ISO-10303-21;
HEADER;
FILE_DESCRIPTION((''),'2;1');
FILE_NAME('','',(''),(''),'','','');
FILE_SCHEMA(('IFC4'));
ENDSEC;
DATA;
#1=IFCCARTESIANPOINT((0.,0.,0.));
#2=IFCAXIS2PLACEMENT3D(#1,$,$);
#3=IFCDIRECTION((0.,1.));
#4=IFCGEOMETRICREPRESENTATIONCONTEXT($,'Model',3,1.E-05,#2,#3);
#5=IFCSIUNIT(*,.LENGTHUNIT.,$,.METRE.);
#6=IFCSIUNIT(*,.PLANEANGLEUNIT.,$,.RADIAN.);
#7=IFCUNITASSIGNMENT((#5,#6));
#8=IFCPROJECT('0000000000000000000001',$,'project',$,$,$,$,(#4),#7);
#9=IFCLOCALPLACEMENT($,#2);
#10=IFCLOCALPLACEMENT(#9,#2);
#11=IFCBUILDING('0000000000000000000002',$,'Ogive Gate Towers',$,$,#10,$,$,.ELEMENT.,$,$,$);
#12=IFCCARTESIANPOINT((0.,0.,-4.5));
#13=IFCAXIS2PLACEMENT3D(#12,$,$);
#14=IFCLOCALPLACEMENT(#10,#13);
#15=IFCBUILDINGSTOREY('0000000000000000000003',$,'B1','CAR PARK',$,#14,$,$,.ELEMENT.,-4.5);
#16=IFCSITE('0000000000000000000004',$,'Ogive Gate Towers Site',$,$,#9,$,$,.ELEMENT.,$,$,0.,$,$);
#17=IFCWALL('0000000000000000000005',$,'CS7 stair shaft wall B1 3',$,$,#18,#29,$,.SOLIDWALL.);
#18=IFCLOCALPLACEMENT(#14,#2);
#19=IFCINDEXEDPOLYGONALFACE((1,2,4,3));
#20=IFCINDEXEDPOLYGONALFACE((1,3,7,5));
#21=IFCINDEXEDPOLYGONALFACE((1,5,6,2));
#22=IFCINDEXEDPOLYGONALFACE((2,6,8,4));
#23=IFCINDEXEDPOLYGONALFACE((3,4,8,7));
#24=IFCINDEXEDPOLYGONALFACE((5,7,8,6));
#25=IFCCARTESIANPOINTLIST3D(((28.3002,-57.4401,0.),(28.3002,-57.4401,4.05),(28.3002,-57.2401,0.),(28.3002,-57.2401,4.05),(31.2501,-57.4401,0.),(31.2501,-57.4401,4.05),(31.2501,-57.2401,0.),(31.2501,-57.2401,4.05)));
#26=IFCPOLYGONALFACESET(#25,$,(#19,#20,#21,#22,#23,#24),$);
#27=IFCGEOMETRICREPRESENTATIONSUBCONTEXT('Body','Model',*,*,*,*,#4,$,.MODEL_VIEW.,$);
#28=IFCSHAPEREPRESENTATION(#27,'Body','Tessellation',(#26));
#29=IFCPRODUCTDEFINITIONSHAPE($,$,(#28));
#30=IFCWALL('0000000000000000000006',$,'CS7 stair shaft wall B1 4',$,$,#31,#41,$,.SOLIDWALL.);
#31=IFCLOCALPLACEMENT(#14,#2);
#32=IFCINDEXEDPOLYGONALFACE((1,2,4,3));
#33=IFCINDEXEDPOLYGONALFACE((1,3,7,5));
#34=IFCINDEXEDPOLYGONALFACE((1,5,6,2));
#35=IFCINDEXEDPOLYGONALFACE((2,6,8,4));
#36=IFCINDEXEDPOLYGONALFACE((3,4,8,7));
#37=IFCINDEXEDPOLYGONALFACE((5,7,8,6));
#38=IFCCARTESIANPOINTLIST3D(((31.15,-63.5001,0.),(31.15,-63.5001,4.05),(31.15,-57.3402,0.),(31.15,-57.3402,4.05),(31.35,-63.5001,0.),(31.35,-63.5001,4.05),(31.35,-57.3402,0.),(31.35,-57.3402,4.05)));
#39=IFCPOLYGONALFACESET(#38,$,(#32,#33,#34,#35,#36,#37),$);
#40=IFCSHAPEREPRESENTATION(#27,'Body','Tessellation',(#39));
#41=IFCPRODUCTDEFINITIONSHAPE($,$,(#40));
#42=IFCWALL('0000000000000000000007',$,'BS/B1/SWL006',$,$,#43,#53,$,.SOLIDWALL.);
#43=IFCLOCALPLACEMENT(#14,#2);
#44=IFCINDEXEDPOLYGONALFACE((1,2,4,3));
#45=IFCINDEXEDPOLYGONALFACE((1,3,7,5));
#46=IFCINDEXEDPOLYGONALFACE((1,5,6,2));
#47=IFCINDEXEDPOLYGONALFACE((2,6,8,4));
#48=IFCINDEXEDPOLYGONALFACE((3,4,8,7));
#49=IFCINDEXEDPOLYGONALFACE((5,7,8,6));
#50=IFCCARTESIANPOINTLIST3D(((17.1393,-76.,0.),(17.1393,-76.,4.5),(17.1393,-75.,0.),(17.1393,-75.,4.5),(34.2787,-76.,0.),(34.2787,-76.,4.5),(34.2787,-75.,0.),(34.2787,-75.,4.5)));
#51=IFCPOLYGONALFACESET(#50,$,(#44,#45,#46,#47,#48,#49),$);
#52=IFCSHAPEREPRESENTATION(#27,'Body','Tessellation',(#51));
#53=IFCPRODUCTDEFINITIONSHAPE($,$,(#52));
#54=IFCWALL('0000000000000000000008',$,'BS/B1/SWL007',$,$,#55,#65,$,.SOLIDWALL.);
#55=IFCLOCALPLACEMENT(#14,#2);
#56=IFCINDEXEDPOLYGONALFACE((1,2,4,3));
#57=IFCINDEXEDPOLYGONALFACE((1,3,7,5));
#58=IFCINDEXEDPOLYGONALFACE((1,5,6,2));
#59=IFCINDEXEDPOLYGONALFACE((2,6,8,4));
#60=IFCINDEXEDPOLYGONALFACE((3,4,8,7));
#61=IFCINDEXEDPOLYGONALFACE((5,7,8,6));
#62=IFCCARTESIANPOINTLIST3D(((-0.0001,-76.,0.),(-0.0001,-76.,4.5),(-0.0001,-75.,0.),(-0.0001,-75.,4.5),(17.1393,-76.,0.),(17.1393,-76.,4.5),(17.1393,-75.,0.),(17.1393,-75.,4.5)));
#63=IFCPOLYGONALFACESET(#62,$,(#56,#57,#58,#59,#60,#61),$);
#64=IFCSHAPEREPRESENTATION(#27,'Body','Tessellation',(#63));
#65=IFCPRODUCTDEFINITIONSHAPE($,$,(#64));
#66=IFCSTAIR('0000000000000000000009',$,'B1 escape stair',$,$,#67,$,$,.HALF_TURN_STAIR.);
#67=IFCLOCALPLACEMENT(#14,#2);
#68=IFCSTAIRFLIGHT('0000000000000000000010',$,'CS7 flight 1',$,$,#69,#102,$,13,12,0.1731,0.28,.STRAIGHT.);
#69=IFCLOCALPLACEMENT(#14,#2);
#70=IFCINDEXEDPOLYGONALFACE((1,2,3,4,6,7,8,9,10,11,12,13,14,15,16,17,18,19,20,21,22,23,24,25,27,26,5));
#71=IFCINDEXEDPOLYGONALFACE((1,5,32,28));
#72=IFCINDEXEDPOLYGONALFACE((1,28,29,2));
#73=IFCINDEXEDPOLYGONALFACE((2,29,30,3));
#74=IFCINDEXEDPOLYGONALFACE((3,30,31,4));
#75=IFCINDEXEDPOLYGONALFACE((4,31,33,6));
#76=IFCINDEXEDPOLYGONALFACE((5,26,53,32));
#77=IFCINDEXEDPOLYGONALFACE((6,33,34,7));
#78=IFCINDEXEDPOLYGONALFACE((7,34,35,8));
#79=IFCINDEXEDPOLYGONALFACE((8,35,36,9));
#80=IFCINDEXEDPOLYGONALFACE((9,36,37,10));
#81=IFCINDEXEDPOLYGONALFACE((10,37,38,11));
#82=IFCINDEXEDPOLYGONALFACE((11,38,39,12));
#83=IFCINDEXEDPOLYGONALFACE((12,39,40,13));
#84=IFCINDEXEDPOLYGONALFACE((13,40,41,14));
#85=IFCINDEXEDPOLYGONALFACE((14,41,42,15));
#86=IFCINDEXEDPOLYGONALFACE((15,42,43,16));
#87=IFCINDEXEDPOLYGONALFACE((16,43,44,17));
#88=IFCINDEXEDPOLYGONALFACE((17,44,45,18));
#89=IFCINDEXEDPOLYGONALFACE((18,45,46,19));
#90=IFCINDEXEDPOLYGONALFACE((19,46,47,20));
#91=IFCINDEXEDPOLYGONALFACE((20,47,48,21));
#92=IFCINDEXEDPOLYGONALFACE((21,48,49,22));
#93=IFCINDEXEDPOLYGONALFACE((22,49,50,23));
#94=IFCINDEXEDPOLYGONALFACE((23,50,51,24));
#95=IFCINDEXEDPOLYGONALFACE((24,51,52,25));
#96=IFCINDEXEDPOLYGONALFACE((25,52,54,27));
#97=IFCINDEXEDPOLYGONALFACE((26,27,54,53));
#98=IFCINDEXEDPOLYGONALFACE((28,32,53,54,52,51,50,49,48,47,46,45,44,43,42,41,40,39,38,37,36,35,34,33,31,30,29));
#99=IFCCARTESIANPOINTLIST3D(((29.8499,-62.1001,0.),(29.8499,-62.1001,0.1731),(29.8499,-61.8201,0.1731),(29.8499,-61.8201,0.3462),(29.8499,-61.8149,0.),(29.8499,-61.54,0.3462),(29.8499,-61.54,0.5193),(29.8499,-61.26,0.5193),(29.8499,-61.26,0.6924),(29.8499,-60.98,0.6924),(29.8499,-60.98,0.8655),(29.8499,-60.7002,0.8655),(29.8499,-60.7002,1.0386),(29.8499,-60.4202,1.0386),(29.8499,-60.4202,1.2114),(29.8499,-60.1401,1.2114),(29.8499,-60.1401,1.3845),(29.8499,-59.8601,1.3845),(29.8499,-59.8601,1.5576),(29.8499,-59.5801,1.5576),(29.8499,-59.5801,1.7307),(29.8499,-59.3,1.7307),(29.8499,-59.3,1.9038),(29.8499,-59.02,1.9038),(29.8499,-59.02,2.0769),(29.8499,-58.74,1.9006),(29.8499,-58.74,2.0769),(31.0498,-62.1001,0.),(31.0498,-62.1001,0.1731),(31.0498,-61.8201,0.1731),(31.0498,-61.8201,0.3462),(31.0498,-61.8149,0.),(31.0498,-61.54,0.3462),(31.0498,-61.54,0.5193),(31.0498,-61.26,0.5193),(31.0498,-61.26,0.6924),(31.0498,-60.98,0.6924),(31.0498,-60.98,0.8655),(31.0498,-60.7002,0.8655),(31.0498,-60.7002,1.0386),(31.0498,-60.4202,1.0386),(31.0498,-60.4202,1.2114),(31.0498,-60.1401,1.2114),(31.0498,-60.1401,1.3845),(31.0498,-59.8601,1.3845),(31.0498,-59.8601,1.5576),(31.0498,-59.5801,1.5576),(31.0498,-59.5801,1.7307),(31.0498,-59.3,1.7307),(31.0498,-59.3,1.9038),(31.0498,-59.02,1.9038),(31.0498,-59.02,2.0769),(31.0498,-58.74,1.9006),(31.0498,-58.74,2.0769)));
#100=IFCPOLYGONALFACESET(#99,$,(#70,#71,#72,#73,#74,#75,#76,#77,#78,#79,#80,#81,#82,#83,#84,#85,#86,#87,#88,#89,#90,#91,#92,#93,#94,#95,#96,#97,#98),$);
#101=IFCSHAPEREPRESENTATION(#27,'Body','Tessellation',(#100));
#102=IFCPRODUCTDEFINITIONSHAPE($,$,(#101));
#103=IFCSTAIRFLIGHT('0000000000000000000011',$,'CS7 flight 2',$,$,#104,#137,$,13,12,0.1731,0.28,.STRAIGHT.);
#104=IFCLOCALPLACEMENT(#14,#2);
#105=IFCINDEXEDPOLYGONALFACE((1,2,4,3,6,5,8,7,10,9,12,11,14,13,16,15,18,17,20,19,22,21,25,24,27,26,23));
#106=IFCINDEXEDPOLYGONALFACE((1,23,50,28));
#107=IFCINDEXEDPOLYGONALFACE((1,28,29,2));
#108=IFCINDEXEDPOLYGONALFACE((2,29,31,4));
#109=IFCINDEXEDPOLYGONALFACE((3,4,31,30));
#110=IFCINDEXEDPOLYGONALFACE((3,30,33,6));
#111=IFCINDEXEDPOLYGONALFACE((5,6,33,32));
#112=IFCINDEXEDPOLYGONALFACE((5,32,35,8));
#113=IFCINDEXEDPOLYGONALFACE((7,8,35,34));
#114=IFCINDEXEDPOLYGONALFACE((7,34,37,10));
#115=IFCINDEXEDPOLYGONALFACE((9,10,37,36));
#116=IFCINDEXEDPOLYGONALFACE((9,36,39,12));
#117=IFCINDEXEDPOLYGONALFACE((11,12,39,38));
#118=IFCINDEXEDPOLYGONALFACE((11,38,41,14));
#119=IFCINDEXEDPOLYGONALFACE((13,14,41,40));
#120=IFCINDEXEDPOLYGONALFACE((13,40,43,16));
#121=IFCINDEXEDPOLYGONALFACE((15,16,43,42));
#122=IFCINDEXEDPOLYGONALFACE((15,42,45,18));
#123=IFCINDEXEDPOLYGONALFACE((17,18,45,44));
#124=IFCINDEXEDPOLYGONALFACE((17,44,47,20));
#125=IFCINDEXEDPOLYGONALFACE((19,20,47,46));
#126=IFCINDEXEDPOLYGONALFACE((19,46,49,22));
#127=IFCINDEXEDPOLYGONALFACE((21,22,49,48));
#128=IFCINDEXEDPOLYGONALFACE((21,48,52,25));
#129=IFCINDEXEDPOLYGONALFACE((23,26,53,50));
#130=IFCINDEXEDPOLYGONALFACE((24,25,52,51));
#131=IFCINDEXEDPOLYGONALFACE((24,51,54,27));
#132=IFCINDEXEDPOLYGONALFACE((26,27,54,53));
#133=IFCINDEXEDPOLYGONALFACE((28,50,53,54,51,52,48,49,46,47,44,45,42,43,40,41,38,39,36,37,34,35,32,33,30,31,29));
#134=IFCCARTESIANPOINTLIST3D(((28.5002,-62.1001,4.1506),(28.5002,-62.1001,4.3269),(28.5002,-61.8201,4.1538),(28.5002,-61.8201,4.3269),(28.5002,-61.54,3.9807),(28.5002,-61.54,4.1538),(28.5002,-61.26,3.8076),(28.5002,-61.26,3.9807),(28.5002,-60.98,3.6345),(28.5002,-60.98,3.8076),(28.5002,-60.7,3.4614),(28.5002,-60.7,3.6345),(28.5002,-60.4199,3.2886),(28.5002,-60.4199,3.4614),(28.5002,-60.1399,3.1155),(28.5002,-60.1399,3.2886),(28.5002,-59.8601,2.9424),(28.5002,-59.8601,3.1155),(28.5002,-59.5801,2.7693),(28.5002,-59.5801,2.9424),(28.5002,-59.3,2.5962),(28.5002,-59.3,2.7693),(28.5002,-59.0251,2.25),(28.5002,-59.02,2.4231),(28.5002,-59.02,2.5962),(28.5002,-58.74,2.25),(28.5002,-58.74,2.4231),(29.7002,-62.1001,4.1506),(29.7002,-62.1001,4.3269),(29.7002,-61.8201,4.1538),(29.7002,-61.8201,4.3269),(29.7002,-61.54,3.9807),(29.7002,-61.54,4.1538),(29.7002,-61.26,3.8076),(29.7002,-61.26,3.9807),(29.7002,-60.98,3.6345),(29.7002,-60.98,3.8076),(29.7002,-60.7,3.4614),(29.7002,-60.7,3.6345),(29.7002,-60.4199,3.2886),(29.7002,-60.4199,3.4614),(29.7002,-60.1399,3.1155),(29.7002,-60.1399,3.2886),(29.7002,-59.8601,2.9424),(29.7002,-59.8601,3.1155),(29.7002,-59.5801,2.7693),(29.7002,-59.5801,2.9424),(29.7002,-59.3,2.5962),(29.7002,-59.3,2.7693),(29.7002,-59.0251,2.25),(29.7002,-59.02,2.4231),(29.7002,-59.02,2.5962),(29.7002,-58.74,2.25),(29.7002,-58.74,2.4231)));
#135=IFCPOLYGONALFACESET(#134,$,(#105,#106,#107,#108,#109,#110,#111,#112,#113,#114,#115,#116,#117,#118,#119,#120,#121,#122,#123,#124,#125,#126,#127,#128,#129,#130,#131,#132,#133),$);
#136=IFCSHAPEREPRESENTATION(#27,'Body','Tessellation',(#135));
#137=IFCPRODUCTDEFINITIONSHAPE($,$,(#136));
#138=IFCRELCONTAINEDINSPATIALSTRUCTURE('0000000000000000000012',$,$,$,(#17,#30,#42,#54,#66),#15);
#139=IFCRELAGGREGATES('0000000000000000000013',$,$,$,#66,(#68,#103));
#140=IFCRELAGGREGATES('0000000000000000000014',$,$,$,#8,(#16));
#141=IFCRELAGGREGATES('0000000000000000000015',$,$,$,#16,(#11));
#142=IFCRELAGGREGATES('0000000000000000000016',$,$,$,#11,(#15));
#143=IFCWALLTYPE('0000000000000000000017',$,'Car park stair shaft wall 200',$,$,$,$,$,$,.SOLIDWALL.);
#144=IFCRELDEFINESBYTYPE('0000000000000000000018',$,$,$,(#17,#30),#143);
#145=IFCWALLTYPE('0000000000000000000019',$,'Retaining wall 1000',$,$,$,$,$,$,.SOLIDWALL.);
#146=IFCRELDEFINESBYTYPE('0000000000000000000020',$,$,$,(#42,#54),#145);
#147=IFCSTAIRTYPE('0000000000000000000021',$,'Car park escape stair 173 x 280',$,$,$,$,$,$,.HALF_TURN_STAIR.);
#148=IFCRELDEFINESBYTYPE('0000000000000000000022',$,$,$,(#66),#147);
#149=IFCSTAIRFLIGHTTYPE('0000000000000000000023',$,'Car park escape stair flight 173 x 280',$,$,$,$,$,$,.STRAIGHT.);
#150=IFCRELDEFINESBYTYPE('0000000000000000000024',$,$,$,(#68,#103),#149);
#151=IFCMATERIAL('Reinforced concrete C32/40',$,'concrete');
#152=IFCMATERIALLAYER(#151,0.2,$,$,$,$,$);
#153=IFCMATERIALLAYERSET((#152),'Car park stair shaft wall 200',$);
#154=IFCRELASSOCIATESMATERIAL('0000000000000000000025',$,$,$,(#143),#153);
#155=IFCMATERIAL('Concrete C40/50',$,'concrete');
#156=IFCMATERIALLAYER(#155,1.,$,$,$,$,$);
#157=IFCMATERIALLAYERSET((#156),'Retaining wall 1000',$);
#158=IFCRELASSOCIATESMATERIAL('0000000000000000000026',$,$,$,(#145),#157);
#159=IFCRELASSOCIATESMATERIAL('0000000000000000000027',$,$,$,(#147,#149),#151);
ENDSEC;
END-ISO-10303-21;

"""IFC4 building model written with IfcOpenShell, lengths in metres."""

from ifc_helpers import new_model, si_unit, direction, frame, frame_2d, origin, place, context, subcontext, project, spatial, polyline, rectangle, outline, extrude, material, layer, layer_set, type_object, element, aggregate, save


model = new_model("IFC4")

# Units and contexts
model_context = context("Model", 3, precision=1e-05, world=origin(), true_north=direction((0.0, 1.0)))
body_context = subcontext(model_context, "Body", "Model", "MODEL_VIEW")
ifc_project = project(units=[si_unit("LENGTHUNIT", "METRE"), si_unit("PLANEANGLEUNIT", "RADIAN")], contexts=[model_context])

# Site, building, storey
site_placement = place(None, origin())
site = spatial("IfcSite", under=ifc_project, at=site_placement, Name="Ogive Gate Towers Site", CompositionType="ELEMENT", RefElevation=0.0)
building_placement = place(site_placement, origin())
building = spatial("IfcBuilding", under=site, at=building_placement, Name="Ogive Gate Towers", CompositionType="ELEMENT")
storey_placement = place(building_placement, frame((0.0, 0.0, -4.5)))
storey = spatial("IfcBuildingStorey", under=building, at=storey_placement, Name="B1", Description="CAR PARK", CompositionType="ELEMENT", Elevation=-4.5)

# Shared definitions
ifc_material_1 = material(Name="Concrete C40/50", Category="concrete")

# Shared definitions
ifc_material_2 = material(Name="Reinforced concrete C32/40", Category="concrete")
ifc_layer_1 = layer(ifc_material_2, 0.2)
ifc_layer_set_1 = layer_set([ifc_layer_1], Name="Car park stair shaft wall 200")
wall_type_1 = type_object("IfcWallType", Name="Car park stair shaft wall 200", PredefinedType="SOLIDWALL", material=ifc_layer_set_1)

# Walls
wall_1_placement = place(storey_placement, frame((28.3, -57.3401, 0.0), z_axis=(0.0, 0.0, 1.0), x_axis=(1.0, 0.0, 0.0)))
element("IfcWall", 1, at=wall_1_placement, inside=storey, type_object=wall_type_1, Name="CS7 stair shaft wall B1 3", PredefinedType="SOLIDWALL", context=body_context, shape_type="SweptSolid", body=[
    extrude(rectangle(XDim=2.95, YDim=0.2, at=frame_2d((1.4751, 0.0))), origin(), (0.0, 0.0, 1.0), 4.05),
])
wall_2_placement = place(storey_placement, frame((31.25, -57.3401, 0.0), z_axis=(0.0, 0.0, 1.0), x_axis=(0.0, -1.0, 0.0)))
element("IfcWall", 2, at=wall_2_placement, inside=storey, type_object=wall_type_1, Name="CS7 stair shaft wall B1 4", PredefinedType="SOLIDWALL", context=body_context, shape_type="SweptSolid", body=[
    extrude(rectangle(XDim=6.1599, YDim=0.2, at=frame_2d((3.0801, 0.0))), origin(), (0.0, 0.0, 1.0), 4.05),
])
ifc_layer_2 = layer(ifc_material_1, 1.0)
ifc_layer_set_2 = layer_set([ifc_layer_2], Name="Retaining wall 1000")
wall_type_2 = type_object("IfcWallType", Name="Retaining wall 1000", PredefinedType="SOLIDWALL", material=ifc_layer_set_2)
for number, where, z_axis, x_axis, name in (
    (3, (34.2788, -75.5, 0.0), (0.0, 0.0, 1.0), (-1.0, 0.0, 0.0), "BS/B1/SWL006"),
    (4, (17.1394, -75.5, 0.0), (0.0, 0.0, 1.0), (-1.0, 0.0, 0.0), "BS/B1/SWL007"),
):
    element("IfcWall", number, at=place(storey_placement, frame(where, z_axis=z_axis, x_axis=x_axis)), inside=storey, type_object=wall_type_2, Name=name, PredefinedType="SOLIDWALL", context=body_context, shape_type="SweptSolid", body=[
        extrude(rectangle(XDim=17.1394, YDim=1.0, at=frame_2d((8.5698, 0.0))), origin(), (0.0, 0.0, 1.0), 4.5),
    ])

# Stair, stair flights
stair_type = type_object("IfcStairType", Name="Car park escape stair 173 x 280", PredefinedType="HALF_TURN_STAIR", material=ifc_material_2)
stair_placement = place(storey_placement, origin())
stair = element("IfcStair", 5, at=stair_placement, inside=storey, type_object=stair_type, Name="B1 escape stair", PredefinedType="HALF_TURN_STAIR")
stair_flight_type = type_object("IfcStairFlightType", Name="Car park escape stair flight 173 x 280", PredefinedType="STRAIGHT", material=ifc_material_2)
stair_flight_1_placement = place(storey_placement, frame((30.45, -62.1001, 0.0), z_axis=(0.0, 0.0, 1.0), x_axis=(0.0, 1.0, 0.0)))
stair_flight_1 = element("IfcStairFlight", 6, at=stair_flight_1_placement, type_object=stair_flight_type, Name="CS7 flight 1", NumberOfRisers=13, NumberOfTreads=12, PredefinedType="STRAIGHT", RiserHeight=0.1731, TreadLength=0.28, context=body_context, shape_type="SweptSolid", body=[
    extrude(outline(polyline([(0.0, 0.0), (0.0, 0.1731), (0.28, 0.1731), (0.28, 0.3462), (0.5601, 0.3462), (0.5601, 0.5193), (0.8401, 0.5193), (0.8401, 0.6924), (1.1201, 0.6924), (1.1201, 0.8655), (1.3999, 0.8655), (1.3999, 1.0386), (1.6799, 1.0386), (1.6799, 1.2114), (1.96, 1.2114), (1.96, 1.3845), (2.24, 1.3845), (2.24, 1.5576), (2.52, 1.5576), (2.52, 1.7307), (2.8, 1.7307), (2.8, 1.9038), (3.0801, 1.9038), (3.0801, 2.0769), (3.3601, 2.0769), (3.3601, 2.25), (3.3601, 1.9006), (0.2852, 0.0), (0.0, 0.0)])), frame((0.0, 0.6001, 0.0), z_axis=(0.0, -1.0, 0.0), x_axis=(1.0, 0.0, 0.0)), (0.0, 0.0, 1.0), 1.2),
])
stair_flight_2_placement = place(storey_placement, frame((29.1001, -58.74, 2.25), z_axis=(0.0, 0.0, 1.0), x_axis=(0.0, -1.0, 0.0)))
stair_flight_2 = element("IfcStairFlight", 7, at=stair_flight_2_placement, type_object=stair_flight_type, Name="CS7 flight 2", NumberOfRisers=13, NumberOfTreads=12, PredefinedType="STRAIGHT", RiserHeight=0.1731, TreadLength=0.28, context=body_context, shape_type="SweptSolid", body=[
    extrude(outline(polyline([(0.0, 0.0), (0.0, 0.1731), (0.28, 0.1731), (0.28, 0.3462), (0.5601, 0.3462), (0.5601, 0.5193), (0.8401, 0.5193), (0.8401, 0.6924), (1.1201, 0.6924), (1.1201, 0.8655), (1.3999, 0.8655), (1.3999, 1.0386), (1.6799, 1.0386), (1.6799, 1.2114), (1.96, 1.2114), (1.96, 1.3845), (2.24, 1.3845), (2.24, 1.5576), (2.52, 1.5576), (2.52, 1.7307), (2.8, 1.7307), (2.8, 1.9038), (3.0801, 1.9038), (3.0801, 2.0769), (3.3601, 2.0769), (3.3601, 2.25), (3.3601, 1.9006), (0.2852, 0.0), (0.0, 0.0)])), frame((0.0, 0.6001, 0.0), z_axis=(0.0, -1.0, 0.0), x_axis=(1.0, 0.0, 0.0)), (0.0, 0.0, 1.0), 1.2),
])
aggregate(stair, [stair_flight_1, stair_flight_2])

save(model, "model.ifc")
